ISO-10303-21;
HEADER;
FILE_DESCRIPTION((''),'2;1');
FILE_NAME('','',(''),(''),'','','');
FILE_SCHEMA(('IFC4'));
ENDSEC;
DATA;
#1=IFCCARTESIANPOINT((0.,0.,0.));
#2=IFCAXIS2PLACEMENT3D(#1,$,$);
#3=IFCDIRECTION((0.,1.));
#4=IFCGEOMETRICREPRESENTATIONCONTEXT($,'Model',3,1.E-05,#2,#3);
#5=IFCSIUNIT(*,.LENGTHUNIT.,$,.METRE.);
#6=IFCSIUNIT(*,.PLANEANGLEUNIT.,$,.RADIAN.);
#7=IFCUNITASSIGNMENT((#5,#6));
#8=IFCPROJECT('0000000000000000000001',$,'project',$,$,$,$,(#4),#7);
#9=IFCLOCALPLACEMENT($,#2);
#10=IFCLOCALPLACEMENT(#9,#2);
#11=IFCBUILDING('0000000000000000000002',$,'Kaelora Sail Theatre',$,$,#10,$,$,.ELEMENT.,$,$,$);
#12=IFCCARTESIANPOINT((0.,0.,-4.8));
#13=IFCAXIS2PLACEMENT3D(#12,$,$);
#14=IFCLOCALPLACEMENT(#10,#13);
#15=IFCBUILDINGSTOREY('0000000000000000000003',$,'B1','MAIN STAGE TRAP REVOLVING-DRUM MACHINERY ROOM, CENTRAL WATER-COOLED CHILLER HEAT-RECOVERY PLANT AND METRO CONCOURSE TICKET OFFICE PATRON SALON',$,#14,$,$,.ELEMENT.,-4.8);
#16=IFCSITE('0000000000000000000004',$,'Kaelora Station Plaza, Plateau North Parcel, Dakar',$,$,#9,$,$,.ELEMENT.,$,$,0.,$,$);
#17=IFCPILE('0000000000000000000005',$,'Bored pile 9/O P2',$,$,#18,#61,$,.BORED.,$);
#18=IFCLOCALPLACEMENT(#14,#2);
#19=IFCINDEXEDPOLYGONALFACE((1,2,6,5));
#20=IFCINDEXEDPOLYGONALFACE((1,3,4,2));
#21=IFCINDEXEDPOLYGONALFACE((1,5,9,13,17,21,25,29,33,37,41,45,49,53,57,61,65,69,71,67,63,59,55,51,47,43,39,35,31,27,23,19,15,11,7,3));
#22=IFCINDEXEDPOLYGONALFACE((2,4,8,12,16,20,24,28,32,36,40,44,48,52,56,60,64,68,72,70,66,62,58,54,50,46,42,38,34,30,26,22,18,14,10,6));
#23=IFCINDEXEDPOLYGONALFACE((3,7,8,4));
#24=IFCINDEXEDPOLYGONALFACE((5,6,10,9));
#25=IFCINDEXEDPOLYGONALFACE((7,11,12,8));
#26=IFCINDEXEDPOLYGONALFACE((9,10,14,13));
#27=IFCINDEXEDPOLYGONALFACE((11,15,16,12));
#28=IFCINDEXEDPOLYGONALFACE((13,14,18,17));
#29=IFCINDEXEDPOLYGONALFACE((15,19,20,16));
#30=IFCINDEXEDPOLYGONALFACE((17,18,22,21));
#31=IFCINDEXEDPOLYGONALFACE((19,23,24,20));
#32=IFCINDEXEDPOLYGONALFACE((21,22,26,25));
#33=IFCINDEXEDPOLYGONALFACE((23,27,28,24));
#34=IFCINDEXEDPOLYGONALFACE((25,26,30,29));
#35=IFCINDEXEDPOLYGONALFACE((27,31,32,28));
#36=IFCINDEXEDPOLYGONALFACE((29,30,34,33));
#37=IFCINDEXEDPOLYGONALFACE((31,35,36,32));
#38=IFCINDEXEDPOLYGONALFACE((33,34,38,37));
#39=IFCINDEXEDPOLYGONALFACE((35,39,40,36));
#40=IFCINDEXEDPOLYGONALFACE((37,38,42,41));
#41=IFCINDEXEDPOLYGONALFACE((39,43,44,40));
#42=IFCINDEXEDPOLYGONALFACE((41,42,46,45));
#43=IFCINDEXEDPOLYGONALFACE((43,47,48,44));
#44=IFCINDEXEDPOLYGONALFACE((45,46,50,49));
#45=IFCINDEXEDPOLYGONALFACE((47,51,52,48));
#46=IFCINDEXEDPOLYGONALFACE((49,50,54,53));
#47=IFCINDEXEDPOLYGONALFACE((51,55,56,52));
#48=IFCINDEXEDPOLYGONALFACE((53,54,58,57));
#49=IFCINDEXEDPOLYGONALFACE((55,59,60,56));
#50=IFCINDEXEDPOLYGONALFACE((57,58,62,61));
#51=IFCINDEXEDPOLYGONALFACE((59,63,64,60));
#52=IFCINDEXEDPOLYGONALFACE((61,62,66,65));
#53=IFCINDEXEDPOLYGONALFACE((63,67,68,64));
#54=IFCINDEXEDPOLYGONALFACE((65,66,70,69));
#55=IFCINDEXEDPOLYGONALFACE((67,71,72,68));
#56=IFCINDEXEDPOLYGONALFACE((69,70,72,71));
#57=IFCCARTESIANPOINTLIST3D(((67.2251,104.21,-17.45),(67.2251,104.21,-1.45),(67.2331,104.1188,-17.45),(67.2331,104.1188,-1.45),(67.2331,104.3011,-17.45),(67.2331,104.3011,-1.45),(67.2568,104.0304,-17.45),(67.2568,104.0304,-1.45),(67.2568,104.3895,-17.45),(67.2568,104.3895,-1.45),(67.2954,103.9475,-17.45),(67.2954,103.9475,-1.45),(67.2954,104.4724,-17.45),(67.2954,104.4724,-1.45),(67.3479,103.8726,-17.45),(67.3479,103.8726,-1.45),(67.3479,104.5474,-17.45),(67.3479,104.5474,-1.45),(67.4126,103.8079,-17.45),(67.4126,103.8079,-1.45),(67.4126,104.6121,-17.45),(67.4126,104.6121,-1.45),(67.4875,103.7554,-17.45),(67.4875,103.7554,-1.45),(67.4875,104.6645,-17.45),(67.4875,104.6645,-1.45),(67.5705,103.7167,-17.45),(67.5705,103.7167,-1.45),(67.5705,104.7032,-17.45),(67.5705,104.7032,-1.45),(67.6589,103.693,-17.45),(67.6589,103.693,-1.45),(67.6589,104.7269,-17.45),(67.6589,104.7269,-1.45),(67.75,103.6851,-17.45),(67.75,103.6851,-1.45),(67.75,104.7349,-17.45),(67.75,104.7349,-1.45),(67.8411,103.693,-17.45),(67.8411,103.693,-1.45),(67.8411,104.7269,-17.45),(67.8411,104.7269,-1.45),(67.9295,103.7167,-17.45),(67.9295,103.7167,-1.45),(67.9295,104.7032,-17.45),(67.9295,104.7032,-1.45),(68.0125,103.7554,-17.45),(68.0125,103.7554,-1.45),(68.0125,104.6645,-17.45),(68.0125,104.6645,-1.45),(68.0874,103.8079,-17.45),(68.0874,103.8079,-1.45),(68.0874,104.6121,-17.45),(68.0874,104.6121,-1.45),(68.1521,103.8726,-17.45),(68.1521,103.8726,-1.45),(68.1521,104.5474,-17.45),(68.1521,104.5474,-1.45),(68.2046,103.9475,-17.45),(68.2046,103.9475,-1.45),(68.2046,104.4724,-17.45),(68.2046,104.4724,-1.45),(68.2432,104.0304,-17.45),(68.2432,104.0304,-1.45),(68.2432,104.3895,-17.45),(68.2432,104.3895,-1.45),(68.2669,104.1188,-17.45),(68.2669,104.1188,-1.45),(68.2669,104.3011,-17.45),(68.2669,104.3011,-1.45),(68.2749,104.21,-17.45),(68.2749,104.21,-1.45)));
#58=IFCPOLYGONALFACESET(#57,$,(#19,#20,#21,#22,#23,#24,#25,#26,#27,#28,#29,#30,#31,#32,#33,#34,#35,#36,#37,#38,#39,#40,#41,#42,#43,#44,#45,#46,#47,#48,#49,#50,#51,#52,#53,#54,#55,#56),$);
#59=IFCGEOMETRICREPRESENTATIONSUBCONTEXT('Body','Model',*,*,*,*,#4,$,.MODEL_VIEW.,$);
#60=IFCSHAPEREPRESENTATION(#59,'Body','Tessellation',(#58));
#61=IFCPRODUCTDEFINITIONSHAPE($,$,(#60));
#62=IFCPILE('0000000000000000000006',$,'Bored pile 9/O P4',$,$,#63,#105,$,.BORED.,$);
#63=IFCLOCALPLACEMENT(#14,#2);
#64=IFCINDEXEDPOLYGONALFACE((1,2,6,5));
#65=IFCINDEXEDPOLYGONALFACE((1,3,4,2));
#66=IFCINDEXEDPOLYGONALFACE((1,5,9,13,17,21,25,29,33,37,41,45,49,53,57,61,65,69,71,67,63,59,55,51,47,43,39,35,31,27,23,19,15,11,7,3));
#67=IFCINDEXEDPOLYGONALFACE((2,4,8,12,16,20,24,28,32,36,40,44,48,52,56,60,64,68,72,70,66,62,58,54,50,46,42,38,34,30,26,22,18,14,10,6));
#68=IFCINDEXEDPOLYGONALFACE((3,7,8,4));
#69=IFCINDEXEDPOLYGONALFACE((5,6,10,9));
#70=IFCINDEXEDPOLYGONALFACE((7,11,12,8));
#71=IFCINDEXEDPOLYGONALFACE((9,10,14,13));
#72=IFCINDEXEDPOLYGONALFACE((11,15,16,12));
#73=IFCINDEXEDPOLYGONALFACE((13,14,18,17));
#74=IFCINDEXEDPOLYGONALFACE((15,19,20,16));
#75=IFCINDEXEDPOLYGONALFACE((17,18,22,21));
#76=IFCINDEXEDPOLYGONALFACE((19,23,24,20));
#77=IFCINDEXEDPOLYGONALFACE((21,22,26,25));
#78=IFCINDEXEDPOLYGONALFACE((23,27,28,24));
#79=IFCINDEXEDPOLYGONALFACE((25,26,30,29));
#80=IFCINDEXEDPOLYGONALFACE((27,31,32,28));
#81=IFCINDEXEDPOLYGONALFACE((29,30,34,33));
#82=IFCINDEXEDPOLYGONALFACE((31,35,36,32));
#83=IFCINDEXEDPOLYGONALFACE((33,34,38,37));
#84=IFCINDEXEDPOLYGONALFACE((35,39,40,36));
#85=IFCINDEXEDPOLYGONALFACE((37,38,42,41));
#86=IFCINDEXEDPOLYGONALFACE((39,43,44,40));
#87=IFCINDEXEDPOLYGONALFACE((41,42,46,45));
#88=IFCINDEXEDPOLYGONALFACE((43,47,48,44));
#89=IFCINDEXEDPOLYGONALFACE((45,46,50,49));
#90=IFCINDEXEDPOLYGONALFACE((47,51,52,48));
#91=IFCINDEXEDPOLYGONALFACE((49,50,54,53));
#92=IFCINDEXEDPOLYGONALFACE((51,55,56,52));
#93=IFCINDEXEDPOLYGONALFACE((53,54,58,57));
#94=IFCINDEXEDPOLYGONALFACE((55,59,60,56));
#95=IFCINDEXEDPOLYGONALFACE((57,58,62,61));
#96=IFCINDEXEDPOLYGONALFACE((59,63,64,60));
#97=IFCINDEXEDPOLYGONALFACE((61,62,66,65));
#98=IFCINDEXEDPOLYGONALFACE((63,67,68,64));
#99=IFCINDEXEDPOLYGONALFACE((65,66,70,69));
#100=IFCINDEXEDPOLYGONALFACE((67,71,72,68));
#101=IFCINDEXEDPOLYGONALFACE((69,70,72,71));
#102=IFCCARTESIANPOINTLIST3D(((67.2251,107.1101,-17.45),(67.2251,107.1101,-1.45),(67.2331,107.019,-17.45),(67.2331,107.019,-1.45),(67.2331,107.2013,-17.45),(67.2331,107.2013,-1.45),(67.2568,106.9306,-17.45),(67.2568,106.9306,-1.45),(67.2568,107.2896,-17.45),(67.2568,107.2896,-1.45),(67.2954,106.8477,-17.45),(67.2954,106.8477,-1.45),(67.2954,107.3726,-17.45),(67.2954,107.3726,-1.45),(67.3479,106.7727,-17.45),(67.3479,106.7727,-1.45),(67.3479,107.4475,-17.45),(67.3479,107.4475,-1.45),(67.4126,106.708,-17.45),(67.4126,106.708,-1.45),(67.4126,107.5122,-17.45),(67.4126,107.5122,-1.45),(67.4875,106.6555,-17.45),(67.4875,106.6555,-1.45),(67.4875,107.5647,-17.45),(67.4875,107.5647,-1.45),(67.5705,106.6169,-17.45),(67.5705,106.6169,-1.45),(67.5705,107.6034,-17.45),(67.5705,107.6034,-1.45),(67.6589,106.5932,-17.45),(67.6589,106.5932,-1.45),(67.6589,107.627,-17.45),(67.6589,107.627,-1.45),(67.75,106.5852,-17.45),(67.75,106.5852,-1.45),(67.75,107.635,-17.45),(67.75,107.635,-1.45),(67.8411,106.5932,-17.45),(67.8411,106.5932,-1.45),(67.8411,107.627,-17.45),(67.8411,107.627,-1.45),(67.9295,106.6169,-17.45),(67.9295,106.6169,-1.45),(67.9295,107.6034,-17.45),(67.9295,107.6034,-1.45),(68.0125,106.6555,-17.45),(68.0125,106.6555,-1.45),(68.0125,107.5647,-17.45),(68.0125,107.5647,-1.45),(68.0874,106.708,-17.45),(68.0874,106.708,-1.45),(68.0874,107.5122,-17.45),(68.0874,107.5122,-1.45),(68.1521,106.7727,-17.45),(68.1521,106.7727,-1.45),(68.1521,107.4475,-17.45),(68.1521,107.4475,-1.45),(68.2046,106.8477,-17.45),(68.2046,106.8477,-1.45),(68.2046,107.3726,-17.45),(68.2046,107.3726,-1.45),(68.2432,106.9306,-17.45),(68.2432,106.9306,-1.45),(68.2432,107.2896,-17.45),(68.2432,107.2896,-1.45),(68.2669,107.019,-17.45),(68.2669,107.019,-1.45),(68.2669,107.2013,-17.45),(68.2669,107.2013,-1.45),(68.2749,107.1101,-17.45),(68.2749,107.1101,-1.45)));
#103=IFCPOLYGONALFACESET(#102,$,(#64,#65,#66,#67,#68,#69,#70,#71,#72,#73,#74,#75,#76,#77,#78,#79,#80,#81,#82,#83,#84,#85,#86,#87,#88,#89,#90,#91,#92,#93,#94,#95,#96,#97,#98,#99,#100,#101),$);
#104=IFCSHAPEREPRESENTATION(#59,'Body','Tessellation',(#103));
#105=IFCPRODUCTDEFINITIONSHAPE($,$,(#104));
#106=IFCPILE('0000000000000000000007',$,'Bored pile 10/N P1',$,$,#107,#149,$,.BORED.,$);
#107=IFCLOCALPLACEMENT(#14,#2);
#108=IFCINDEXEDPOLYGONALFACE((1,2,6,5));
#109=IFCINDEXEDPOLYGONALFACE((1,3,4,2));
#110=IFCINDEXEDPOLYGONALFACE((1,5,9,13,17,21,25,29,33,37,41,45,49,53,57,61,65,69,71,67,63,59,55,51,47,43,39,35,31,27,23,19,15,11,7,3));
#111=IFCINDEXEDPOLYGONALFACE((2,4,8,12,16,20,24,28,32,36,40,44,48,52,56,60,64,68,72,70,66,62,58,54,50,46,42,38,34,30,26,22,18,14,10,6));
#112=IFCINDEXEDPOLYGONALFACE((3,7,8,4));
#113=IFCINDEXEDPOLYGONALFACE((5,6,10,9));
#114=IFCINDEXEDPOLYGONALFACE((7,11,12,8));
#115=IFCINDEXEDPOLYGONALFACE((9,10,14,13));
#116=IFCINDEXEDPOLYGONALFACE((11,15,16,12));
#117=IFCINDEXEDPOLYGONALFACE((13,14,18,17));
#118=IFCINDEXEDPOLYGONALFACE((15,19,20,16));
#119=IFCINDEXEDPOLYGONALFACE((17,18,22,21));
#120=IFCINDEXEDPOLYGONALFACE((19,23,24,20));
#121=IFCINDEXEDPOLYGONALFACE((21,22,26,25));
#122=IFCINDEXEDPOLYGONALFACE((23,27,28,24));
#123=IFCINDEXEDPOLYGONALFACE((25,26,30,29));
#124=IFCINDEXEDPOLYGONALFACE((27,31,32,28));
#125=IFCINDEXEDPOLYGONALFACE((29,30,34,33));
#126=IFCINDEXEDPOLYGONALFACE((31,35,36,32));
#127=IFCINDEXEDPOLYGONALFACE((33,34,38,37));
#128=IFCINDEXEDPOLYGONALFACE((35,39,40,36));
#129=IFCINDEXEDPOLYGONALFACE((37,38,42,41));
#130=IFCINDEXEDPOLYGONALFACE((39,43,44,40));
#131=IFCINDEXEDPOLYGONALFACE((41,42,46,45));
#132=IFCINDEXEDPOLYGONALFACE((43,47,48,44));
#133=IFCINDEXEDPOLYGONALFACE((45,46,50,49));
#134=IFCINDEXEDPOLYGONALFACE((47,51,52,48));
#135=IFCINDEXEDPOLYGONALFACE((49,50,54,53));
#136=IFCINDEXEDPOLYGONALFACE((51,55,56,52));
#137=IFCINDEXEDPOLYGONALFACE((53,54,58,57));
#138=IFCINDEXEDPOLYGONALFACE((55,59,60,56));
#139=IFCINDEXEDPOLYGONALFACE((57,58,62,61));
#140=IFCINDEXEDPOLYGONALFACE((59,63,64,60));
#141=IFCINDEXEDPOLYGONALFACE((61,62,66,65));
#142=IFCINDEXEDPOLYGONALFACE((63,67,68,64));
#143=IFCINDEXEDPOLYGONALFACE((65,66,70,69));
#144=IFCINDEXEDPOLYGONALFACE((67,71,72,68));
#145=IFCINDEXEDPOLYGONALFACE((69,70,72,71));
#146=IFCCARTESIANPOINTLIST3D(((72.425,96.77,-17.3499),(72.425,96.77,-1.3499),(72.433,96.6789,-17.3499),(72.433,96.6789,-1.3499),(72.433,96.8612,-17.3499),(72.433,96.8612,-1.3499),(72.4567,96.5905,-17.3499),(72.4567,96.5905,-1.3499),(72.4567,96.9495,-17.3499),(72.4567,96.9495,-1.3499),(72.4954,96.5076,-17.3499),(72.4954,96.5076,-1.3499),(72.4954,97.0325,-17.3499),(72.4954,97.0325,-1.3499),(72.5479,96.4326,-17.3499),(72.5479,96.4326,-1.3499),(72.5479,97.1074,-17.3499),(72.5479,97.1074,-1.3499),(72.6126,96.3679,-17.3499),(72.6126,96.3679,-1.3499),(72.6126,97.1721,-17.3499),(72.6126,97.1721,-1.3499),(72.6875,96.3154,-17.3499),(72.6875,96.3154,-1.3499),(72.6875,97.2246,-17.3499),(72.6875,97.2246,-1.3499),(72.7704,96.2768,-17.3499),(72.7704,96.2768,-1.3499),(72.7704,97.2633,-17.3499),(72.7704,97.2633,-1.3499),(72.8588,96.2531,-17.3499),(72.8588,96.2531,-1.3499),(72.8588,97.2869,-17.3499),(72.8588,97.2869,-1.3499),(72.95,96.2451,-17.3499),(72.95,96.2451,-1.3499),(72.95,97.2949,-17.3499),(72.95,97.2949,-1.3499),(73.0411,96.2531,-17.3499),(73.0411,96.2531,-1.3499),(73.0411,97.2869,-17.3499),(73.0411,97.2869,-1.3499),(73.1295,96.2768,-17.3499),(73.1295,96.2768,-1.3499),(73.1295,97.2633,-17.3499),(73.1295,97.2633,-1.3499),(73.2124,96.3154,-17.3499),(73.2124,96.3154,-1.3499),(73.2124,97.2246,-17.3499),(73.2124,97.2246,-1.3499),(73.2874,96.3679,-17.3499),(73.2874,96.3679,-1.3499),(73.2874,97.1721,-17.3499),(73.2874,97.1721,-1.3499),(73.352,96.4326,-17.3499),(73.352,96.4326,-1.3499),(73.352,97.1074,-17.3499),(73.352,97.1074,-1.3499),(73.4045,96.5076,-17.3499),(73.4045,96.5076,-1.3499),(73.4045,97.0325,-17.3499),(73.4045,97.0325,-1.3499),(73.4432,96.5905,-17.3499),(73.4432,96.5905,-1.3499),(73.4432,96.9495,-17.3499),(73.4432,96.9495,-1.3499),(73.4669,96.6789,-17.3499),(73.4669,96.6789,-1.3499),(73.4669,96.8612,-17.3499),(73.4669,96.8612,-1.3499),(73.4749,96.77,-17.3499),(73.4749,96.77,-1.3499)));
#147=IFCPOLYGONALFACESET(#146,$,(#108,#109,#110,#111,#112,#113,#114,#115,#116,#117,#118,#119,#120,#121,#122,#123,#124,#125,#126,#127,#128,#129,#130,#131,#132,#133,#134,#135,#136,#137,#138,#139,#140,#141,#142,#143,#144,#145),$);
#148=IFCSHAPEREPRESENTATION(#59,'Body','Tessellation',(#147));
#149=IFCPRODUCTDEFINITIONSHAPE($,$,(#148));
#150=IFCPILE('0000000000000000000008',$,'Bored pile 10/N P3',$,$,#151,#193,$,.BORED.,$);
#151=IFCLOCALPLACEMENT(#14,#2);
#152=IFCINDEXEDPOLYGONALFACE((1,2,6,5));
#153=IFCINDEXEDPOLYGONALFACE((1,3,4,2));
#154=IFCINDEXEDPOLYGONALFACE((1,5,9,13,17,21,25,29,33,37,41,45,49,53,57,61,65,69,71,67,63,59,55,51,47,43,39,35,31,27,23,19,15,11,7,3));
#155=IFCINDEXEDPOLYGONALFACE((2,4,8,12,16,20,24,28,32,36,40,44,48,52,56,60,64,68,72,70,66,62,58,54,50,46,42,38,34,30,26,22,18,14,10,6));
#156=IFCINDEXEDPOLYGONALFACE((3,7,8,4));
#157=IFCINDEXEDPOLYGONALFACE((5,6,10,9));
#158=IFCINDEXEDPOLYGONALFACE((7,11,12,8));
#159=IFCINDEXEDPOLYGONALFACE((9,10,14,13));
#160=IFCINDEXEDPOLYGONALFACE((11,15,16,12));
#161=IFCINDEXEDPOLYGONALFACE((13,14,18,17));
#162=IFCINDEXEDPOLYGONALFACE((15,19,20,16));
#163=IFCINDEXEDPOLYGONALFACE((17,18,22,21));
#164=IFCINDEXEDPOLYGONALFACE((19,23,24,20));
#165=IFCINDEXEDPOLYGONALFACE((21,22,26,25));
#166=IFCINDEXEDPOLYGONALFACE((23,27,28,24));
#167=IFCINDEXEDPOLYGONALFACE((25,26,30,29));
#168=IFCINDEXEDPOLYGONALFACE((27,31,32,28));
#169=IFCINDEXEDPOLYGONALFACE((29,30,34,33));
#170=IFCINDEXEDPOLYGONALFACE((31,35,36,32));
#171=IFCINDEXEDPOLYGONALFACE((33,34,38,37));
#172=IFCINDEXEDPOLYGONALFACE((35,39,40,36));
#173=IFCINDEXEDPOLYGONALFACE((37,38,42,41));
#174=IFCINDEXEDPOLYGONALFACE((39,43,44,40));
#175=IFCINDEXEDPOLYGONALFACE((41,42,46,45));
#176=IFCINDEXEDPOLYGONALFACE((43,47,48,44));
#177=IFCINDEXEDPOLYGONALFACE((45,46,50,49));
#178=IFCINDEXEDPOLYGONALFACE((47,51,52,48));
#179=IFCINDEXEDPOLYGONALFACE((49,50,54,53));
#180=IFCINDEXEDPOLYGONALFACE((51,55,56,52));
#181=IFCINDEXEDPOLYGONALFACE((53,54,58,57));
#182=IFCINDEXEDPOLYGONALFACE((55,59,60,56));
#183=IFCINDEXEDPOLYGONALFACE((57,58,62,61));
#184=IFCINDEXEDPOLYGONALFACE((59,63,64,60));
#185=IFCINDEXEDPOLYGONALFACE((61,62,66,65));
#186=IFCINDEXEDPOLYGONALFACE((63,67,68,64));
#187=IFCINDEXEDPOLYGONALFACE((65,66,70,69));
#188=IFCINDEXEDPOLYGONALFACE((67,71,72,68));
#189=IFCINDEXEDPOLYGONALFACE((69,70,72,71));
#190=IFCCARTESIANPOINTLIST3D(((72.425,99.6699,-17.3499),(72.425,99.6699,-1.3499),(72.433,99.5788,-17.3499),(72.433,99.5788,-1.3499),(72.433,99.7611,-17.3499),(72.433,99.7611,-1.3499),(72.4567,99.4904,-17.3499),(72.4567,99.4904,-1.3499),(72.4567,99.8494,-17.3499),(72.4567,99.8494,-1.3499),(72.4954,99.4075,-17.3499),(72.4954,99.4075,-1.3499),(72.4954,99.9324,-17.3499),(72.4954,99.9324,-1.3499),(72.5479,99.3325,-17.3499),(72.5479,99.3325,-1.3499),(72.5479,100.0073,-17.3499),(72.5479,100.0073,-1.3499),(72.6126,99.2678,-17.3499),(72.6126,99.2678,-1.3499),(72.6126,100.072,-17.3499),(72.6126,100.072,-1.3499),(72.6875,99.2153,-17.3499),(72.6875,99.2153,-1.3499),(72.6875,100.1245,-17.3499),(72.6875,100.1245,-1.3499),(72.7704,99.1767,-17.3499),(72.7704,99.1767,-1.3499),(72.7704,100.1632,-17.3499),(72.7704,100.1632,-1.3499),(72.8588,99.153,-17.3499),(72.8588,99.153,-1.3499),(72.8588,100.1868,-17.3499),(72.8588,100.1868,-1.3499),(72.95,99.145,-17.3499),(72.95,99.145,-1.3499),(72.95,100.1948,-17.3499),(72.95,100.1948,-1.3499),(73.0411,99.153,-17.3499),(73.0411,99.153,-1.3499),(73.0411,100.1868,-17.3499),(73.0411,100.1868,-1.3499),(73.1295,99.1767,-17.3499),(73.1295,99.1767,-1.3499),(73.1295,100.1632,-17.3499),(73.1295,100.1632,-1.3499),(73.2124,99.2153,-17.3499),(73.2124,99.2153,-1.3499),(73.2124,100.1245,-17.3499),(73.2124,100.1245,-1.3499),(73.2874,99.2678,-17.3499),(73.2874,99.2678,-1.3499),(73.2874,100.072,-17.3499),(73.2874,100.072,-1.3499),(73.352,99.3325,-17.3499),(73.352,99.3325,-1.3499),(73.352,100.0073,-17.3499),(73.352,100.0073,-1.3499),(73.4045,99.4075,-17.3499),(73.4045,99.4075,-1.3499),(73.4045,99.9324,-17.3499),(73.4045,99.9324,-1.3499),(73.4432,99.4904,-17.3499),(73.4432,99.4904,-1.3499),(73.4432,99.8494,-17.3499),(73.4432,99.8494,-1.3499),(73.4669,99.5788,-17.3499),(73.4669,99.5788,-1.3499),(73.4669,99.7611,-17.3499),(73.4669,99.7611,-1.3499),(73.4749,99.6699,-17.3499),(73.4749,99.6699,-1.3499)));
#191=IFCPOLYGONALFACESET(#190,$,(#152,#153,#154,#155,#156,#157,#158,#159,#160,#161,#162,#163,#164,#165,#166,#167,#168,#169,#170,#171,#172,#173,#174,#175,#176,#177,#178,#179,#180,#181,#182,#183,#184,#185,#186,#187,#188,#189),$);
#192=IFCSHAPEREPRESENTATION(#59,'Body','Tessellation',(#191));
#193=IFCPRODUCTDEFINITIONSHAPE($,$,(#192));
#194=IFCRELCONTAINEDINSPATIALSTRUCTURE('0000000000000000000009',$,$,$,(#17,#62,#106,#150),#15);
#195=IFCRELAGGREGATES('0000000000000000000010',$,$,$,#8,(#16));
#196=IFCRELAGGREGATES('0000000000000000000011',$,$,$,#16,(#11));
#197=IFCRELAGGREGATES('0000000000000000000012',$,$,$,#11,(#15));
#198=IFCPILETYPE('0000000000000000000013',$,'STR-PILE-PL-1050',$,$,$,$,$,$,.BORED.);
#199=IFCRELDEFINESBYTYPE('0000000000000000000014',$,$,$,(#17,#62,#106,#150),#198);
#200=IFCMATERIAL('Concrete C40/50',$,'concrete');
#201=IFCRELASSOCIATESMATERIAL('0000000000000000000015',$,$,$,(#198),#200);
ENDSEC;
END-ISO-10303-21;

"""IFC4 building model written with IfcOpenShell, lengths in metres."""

from ifc_helpers import new_model, si_unit, direction, frame, origin, origin_2d, place, context, subcontext, project, spatial, circle, extrude, material, material_profile, profile_set, type_object, element, save


model = new_model("IFC4")

# Units and contexts
model_context = context("Model", 3, precision=1e-05, world=origin(), true_north=direction((0.0, 1.0)))
body_context = subcontext(model_context, "Body", "Model", "MODEL_VIEW")
ifc_project = project(units=[si_unit("LENGTHUNIT", "METRE"), si_unit("PLANEANGLEUNIT", "RADIAN")], contexts=[model_context])

# Site, building, storey
site_placement = place(None, origin())
site = spatial("IfcSite", under=ifc_project, at=site_placement, Name="Kaelora Station Plaza, Plateau North Parcel, Dakar", CompositionType="ELEMENT", RefElevation=0.0)
building_placement = place(site_placement, origin())
building = spatial("IfcBuilding", under=site, at=building_placement, Name="Kaelora Sail Theatre", CompositionType="ELEMENT")
storey_placement = place(building_placement, frame((0.0, 0.0, -4.8)))
storey = spatial("IfcBuildingStorey", under=building, at=storey_placement, Name="B1", Description="MAIN STAGE TRAP REVOLVING-DRUM MACHINERY ROOM, CENTRAL WATER-COOLED CHILLER HEAT-RECOVERY PLANT AND METRO CONCOURSE TICKET OFFICE PATRON SALON", CompositionType="ELEMENT", Elevation=-4.8)

# Piles
ifc_material_1 = material(Name="Concrete C40/50", Category="concrete")
ifc_material_profile_1 = material_profile(ifc_material_1, circle(Radius=0.5249, at=origin_2d()), Name="PILE D1050")
ifc_profile_set_1 = profile_set([ifc_material_profile_1], Name="Concrete C40/50")
pile_type_1 = type_object("IfcPileType", Name="STR-PILE-PL-1050", PredefinedType="BORED", material=ifc_profile_set_1)
for number, where, z_axis, x_axis, name in (
    (1, (67.75, 104.21, -1.45), (0.0, 0.0, -1.0), (1.0, 0.0, 0.0), "Bored pile 9/O P2"),
    (2, (67.75, 107.1101, -1.45), (0.0, 0.0, -1.0), (1.0, 0.0, 0.0), "Bored pile 9/O P4"),
    (3, (72.95, 96.77, -1.3499), (0.0, 0.0, -1.0), (1.0, 0.0, 0.0), "Bored pile 10/N P1"),
    (4, (72.95, 99.6699, -1.3499), (0.0, 0.0, -1.0), (1.0, 0.0, 0.0), "Bored pile 10/N P3"),
):
    element("IfcPile", number, at=place(storey_placement, frame(where, z_axis=z_axis, x_axis=x_axis)), inside=storey, type_object=pile_type_1, Name=name, PredefinedType="BORED", context=body_context, shape_type="SweptSolid", body=[
        extrude(circle(Radius=0.5249, at=origin_2d()), origin(), (0.0, 0.0, 1.0), 16.0),
    ])

save(model, "model.ifc")
